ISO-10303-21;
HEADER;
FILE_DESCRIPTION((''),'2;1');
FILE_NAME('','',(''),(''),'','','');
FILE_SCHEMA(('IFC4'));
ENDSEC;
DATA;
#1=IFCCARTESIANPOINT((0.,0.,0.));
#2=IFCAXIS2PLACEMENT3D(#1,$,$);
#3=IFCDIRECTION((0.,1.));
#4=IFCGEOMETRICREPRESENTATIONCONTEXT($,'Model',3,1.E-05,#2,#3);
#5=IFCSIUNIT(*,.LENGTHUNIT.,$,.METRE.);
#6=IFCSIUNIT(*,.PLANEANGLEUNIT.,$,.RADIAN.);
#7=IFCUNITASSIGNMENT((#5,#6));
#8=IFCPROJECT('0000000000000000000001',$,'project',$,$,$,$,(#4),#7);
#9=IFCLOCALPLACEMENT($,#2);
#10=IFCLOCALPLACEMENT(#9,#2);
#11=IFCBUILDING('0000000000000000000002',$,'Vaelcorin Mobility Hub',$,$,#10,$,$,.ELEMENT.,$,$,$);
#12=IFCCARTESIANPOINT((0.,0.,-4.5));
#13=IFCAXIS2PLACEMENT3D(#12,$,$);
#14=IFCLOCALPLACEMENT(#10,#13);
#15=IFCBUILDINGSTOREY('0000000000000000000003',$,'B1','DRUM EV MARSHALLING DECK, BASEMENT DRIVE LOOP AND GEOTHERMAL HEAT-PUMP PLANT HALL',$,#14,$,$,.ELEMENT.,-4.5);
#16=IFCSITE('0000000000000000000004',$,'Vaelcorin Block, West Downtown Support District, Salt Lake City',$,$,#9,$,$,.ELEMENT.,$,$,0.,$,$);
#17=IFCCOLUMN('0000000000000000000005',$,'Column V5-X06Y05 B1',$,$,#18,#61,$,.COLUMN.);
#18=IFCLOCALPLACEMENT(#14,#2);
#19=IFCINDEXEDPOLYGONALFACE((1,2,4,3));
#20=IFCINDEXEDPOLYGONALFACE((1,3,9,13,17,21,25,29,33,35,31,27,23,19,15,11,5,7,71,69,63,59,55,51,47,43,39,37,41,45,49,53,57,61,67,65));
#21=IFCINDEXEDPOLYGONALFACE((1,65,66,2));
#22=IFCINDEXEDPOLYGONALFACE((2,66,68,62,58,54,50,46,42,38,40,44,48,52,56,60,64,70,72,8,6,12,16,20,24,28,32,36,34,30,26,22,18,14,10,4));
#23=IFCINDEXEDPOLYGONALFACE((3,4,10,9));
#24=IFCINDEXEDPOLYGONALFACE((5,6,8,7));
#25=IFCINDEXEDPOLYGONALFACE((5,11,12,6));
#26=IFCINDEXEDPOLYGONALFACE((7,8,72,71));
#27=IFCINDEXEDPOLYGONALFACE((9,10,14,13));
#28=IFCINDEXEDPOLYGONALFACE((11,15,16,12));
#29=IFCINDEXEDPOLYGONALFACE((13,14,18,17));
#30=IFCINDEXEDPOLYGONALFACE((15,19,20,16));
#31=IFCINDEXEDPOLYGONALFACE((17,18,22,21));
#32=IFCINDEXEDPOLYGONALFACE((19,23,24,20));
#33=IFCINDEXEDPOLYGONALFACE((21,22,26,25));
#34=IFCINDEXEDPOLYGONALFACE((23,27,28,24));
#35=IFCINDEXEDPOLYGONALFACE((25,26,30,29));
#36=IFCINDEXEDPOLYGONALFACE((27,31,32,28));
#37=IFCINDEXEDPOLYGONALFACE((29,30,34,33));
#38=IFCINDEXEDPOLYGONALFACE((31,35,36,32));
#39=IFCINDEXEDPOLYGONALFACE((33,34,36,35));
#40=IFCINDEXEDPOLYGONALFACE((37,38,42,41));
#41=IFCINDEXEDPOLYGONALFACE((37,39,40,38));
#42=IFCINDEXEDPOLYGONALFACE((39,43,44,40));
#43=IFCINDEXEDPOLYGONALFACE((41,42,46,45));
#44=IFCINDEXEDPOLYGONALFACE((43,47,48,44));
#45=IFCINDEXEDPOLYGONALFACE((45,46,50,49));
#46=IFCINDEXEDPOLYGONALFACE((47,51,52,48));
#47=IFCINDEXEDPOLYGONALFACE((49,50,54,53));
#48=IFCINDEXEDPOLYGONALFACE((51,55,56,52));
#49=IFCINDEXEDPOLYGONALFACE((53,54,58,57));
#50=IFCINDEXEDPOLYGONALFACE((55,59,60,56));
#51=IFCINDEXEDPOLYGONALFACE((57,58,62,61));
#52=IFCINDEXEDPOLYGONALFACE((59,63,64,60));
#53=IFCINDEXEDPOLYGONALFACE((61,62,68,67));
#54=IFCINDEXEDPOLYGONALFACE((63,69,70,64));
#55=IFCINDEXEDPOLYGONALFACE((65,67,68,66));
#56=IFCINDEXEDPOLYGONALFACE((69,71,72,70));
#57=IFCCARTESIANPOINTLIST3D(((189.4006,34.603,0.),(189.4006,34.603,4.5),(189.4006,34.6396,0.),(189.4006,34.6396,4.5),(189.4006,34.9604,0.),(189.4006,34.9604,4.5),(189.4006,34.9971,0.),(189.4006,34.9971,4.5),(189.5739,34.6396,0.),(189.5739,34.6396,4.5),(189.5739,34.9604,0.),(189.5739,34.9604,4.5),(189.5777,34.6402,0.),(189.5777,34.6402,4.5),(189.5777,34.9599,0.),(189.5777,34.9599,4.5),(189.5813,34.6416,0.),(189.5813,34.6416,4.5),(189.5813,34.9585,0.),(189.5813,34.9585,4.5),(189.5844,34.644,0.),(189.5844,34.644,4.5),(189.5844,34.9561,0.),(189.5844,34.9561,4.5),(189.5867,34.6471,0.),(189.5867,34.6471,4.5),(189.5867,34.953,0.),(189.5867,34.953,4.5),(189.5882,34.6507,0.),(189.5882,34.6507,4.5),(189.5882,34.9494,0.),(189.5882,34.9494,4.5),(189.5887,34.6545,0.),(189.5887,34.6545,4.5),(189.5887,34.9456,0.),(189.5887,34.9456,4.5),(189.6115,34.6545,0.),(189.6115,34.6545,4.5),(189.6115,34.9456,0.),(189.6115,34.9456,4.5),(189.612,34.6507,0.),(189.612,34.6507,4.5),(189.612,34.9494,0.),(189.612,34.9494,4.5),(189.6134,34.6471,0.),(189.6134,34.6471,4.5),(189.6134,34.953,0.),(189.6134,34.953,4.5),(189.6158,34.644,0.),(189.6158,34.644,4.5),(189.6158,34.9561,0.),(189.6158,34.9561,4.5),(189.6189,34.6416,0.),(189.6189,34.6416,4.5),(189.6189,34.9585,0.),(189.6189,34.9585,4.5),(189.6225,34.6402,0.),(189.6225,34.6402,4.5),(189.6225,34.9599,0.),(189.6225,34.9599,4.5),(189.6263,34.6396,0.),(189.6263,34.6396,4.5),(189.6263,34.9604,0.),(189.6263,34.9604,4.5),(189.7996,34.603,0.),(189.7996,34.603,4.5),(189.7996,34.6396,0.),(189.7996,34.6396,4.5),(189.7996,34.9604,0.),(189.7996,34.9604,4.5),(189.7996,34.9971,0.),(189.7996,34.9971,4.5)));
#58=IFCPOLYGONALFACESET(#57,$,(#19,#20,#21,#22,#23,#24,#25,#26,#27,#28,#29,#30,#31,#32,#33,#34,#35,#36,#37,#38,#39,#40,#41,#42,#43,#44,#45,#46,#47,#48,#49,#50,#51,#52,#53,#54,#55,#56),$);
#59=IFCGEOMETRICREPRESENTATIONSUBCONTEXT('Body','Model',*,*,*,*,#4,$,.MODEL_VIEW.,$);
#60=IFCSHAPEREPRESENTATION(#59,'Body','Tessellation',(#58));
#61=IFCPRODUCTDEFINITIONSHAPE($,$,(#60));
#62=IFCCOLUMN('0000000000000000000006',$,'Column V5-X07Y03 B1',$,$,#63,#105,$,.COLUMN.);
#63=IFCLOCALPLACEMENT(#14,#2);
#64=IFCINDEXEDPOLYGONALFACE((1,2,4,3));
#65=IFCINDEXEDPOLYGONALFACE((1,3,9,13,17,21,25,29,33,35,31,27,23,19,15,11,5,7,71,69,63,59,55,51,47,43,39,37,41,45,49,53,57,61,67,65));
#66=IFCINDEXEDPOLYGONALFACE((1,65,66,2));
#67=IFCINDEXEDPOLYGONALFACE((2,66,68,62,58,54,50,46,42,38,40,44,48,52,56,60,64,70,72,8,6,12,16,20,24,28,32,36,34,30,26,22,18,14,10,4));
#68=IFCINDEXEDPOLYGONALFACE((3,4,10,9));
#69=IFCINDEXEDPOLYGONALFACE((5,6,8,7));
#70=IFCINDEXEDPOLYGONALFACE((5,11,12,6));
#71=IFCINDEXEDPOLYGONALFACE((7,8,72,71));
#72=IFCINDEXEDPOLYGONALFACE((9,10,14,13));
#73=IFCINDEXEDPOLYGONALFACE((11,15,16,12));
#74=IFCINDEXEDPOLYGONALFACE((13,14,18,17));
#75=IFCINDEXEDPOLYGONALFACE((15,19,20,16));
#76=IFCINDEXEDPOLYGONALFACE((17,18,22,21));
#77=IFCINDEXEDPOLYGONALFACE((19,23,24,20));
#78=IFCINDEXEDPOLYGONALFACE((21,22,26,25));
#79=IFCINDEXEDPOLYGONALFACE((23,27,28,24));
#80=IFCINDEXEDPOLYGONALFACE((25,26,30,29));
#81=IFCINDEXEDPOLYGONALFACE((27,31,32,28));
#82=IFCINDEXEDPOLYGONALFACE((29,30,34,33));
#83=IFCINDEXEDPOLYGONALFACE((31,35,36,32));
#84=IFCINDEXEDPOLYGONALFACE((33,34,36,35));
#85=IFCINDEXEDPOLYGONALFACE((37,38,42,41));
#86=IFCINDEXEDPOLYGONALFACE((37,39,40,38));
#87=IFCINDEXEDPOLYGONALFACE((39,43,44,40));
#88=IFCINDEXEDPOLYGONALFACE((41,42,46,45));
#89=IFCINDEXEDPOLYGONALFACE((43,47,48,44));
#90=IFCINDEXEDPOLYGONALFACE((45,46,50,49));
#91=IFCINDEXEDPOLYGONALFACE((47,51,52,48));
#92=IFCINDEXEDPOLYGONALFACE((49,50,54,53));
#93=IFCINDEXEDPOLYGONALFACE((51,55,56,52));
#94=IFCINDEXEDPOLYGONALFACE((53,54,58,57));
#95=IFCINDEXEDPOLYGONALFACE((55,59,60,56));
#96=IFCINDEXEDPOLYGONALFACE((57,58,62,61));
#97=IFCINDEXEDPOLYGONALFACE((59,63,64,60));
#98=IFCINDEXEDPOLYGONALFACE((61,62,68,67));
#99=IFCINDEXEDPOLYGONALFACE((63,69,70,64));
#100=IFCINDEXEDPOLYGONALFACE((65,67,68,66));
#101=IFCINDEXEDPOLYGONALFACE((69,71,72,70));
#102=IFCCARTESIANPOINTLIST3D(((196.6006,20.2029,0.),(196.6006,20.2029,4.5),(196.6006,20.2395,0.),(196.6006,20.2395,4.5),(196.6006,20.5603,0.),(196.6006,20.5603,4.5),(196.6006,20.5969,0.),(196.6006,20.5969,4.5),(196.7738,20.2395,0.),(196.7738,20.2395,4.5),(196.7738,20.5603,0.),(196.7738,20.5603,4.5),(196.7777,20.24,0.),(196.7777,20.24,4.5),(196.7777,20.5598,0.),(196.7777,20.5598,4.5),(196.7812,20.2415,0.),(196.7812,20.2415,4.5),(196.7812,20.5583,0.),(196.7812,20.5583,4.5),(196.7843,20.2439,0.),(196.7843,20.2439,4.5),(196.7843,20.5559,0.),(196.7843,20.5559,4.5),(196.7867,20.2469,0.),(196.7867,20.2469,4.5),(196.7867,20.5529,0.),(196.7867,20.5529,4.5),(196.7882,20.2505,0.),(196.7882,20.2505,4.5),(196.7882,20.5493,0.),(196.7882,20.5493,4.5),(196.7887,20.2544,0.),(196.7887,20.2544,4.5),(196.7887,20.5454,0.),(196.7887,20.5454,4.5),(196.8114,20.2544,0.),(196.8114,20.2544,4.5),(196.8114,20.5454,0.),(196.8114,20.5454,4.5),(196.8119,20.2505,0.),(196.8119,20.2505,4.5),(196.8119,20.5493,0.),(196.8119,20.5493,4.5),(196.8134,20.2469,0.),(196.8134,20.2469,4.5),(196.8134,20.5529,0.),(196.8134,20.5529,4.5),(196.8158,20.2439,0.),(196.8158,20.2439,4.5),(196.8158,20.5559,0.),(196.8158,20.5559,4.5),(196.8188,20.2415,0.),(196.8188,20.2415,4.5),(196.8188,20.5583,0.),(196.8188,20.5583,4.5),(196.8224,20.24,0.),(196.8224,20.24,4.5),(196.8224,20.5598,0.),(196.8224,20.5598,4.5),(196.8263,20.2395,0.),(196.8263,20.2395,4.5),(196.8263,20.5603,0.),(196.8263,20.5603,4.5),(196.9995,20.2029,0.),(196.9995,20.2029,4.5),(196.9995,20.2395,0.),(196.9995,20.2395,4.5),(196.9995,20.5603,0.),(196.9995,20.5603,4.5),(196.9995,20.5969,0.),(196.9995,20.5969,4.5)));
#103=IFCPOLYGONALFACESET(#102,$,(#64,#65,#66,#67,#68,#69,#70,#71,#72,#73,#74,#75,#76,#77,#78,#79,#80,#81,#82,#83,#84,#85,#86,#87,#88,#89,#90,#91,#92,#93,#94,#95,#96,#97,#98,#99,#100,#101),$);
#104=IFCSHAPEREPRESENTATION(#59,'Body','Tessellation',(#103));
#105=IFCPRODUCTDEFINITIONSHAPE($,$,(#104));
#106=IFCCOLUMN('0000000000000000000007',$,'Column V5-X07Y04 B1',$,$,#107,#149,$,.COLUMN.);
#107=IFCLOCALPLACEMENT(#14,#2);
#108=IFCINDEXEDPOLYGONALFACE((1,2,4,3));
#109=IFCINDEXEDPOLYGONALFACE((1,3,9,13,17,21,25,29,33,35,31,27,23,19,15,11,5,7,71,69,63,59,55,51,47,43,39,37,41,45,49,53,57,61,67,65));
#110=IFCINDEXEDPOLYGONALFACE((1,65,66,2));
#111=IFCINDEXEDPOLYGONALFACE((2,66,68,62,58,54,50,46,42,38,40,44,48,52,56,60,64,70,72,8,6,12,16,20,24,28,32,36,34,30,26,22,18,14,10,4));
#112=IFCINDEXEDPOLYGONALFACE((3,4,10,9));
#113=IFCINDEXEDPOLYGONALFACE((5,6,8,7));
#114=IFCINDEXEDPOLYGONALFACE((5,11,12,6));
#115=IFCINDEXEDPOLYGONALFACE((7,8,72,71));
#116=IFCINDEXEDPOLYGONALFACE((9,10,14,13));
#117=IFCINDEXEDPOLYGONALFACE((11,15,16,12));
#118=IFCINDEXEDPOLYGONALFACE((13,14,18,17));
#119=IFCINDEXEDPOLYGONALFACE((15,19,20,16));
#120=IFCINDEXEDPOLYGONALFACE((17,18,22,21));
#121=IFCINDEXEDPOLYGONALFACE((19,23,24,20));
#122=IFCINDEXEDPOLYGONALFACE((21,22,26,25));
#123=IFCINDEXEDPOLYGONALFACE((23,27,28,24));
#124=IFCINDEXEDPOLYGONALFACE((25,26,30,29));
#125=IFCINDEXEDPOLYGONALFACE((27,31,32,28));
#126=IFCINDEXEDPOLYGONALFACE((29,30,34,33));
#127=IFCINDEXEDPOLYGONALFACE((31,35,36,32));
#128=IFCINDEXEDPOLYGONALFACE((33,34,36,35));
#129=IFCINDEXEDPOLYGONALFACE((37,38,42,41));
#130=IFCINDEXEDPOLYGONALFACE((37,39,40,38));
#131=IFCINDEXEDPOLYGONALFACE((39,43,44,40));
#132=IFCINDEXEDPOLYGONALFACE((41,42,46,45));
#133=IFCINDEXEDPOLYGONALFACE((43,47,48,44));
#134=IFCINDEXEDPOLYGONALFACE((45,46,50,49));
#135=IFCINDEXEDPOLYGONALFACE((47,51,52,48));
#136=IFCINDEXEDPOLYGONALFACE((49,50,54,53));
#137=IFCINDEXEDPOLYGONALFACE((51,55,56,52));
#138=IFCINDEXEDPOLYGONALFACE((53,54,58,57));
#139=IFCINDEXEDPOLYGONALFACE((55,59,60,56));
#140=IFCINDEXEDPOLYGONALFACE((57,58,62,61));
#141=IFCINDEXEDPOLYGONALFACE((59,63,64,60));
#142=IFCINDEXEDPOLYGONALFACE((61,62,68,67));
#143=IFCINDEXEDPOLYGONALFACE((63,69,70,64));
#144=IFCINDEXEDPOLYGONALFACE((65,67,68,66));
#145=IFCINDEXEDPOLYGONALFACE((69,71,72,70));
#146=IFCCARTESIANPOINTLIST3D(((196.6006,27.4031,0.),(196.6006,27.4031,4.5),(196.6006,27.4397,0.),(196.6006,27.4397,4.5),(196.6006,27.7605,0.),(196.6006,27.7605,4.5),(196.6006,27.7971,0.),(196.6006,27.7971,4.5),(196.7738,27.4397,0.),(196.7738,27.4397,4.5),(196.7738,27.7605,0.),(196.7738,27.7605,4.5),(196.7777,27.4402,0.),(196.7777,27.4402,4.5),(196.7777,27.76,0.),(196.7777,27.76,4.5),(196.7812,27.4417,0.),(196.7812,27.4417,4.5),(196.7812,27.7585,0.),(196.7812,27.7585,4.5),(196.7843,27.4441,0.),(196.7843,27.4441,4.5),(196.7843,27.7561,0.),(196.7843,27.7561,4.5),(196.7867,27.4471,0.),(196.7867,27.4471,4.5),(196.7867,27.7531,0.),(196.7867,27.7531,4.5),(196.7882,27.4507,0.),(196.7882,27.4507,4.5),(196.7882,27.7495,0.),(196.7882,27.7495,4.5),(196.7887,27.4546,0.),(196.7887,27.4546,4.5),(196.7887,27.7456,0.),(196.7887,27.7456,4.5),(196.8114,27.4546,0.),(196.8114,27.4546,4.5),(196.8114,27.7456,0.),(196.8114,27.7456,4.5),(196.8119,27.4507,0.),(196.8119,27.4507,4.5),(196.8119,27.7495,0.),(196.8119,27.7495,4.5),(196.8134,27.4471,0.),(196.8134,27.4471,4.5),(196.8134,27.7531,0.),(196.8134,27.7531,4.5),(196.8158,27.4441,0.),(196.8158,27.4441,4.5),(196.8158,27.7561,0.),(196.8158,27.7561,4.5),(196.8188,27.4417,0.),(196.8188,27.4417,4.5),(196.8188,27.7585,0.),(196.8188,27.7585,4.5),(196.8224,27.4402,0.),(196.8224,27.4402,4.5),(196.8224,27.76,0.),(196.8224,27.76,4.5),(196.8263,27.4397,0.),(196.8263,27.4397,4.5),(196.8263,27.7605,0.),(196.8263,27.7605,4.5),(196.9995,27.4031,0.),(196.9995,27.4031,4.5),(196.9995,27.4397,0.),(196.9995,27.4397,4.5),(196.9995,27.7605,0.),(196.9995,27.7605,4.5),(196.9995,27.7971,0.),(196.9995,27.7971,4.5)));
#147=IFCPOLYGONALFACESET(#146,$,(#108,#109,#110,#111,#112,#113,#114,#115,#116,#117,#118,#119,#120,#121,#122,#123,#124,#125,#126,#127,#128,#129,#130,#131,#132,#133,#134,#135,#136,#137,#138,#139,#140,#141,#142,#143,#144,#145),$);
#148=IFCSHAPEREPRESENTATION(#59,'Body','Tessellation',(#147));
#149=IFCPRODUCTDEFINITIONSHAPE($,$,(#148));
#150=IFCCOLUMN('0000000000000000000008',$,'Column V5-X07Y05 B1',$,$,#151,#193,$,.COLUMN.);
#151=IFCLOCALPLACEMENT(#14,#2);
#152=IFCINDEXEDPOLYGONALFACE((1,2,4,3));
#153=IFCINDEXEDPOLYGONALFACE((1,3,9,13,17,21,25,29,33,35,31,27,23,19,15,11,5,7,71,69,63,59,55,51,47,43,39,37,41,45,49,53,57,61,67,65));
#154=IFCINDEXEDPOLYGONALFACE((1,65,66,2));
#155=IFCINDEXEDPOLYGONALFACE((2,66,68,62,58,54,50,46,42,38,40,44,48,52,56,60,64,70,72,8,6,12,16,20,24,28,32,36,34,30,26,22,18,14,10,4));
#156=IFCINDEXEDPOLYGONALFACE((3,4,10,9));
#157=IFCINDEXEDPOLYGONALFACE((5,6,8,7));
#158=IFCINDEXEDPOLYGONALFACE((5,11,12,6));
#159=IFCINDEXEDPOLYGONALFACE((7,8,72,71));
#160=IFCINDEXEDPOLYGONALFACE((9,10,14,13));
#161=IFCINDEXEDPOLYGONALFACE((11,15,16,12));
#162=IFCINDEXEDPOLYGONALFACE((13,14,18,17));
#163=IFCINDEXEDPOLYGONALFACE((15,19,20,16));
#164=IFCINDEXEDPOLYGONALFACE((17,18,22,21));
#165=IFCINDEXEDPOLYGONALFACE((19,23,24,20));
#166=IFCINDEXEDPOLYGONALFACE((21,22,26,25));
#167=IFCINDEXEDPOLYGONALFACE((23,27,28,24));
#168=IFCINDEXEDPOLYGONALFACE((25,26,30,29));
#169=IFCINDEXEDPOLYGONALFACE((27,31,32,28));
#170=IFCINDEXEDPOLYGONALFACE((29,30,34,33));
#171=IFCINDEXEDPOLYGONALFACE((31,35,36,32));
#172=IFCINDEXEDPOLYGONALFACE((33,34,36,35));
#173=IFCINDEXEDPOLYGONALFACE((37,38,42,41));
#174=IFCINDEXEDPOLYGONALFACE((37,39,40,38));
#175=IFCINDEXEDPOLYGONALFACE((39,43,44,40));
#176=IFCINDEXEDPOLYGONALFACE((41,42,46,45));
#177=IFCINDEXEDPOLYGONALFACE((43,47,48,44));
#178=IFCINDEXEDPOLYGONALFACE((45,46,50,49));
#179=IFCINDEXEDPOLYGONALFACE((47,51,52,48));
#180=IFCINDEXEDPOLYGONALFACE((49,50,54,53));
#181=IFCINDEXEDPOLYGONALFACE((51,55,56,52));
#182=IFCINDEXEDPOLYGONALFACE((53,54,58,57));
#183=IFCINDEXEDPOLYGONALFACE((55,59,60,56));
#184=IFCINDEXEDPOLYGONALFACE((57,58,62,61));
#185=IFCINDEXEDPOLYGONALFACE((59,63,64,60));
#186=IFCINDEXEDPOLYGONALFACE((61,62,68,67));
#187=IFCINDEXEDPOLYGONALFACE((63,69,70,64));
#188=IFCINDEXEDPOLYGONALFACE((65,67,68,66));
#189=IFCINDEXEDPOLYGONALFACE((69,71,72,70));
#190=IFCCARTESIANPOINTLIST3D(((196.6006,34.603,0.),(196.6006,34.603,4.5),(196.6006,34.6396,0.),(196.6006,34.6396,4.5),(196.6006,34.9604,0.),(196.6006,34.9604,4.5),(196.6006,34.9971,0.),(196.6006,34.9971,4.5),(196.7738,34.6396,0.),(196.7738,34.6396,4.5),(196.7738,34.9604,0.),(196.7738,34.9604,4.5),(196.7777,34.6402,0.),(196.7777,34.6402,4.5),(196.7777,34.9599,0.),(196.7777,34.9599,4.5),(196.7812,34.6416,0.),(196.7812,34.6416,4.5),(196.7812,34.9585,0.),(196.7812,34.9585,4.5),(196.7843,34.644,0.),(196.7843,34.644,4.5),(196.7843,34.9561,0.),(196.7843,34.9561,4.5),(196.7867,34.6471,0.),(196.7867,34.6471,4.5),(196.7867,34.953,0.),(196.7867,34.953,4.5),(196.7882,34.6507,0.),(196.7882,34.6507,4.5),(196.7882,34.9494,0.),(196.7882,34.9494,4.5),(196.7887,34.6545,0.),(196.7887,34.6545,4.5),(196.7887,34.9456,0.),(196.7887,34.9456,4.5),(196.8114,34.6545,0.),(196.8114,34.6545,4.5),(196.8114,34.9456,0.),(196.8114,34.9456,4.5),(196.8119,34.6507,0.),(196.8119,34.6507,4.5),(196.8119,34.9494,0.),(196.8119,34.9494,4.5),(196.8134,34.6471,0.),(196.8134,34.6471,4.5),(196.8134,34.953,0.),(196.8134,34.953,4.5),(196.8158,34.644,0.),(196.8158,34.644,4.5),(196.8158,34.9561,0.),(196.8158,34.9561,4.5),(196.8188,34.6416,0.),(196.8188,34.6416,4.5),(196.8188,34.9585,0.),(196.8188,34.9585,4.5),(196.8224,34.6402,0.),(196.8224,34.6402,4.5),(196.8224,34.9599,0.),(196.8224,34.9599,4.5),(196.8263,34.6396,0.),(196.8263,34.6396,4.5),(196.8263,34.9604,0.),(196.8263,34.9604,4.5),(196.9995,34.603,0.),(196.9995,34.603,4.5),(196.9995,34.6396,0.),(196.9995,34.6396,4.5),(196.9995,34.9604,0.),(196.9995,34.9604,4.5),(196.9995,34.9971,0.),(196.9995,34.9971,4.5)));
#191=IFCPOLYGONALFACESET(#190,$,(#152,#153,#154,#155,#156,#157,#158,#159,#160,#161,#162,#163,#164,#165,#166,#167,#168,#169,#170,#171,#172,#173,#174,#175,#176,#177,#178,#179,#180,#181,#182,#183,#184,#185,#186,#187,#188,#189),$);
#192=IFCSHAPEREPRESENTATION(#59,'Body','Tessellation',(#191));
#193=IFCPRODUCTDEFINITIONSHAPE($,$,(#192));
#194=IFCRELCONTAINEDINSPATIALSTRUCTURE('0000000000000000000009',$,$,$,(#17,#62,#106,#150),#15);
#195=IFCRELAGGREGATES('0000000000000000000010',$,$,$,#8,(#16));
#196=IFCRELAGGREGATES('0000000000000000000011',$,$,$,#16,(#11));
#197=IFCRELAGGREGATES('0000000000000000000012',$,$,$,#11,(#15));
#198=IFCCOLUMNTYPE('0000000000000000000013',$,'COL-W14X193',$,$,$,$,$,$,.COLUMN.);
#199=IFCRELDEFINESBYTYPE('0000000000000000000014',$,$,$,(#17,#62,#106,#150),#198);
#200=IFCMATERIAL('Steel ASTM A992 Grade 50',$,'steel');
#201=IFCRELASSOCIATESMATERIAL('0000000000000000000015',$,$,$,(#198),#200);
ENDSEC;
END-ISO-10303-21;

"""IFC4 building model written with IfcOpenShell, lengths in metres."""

from ifc_helpers import new_model, si_unit, direction, frame, origin, origin_2d, place, context, subcontext, project, spatial, i_section, extrude, material, material_profile, profile_set, type_object, element, save


model = new_model("IFC4")

# Units and contexts
model_context = context("Model", 3, precision=1e-05, world=origin(), true_north=direction((0.0, 1.0)))
body_context = subcontext(model_context, "Body", "Model", "MODEL_VIEW")
ifc_project = project(units=[si_unit("LENGTHUNIT", "METRE"), si_unit("PLANEANGLEUNIT", "RADIAN")], contexts=[model_context])

# Site, building, storey
site_placement = place(None, origin())
site = spatial("IfcSite", under=ifc_project, at=site_placement, Name="Vaelcorin Block, West Downtown Support District, Salt Lake City", CompositionType="ELEMENT", RefElevation=0.0)
building_placement = place(site_placement, origin())
building = spatial("IfcBuilding", under=site, at=building_placement, Name="Vaelcorin Mobility Hub", CompositionType="ELEMENT")
storey_placement = place(building_placement, frame((0.0, 0.0, -4.5)))
storey = spatial("IfcBuildingStorey", under=building, at=storey_placement, Name="B1", Description="DRUM EV MARSHALLING DECK, BASEMENT DRIVE LOOP AND GEOTHERMAL HEAT-PUMP PLANT HALL", CompositionType="ELEMENT", Elevation=-4.5)

# Columns
ifc_material_1 = material(Name="Steel ASTM A992 Grade 50", Category="steel")
ifc_material_profile_1 = material_profile(ifc_material_1, i_section(OverallWidth=0.3989, OverallDepth=0.394, WebThickness=0.0227, FlangeThickness=0.0366, FilletRadius=0.0149, at=origin_2d()), Name="W14X193")
ifc_profile_set_1 = profile_set([ifc_material_profile_1], Name="Steel ASTM A992 Grade 50")
column_type = type_object("IfcColumnType", Name="COL-W14X193", PredefinedType="COLUMN", material=ifc_profile_set_1)
for number, where, z_axis, x_axis, name in (
    (1, (189.6001, 34.8, 0.0), (0.0, 0.0, 1.0), (1.0, 0.0, 0.0), "Column V5-X06Y05 B1"),
    (2, (196.8, 20.3999, 0.0), (0.0, 0.0, 1.0), (1.0, 0.0, 0.0), "Column V5-X07Y03 B1"),
    (3, (196.8, 27.6001, 0.0), (0.0, 0.0, 1.0), (1.0, 0.0, 0.0), "Column V5-X07Y04 B1"),
    (4, (196.8, 34.8, 0.0), (0.0, 0.0, 1.0), (1.0, 0.0, 0.0), "Column V5-X07Y05 B1"),
):
    element("IfcColumn", number, at=place(storey_placement, frame(where, z_axis=z_axis, x_axis=x_axis)), inside=storey, type_object=column_type, Name=name, PredefinedType="COLUMN", context=body_context, shape_type="SweptSolid", body=[
        extrude(i_section(OverallWidth=0.3989, OverallDepth=0.394, WebThickness=0.0227, FlangeThickness=0.0366, FilletRadius=0.0149, at=origin_2d()), origin(), (0.0, 0.0, 1.0), 4.5),
    ])

save(model, "model.ifc")
